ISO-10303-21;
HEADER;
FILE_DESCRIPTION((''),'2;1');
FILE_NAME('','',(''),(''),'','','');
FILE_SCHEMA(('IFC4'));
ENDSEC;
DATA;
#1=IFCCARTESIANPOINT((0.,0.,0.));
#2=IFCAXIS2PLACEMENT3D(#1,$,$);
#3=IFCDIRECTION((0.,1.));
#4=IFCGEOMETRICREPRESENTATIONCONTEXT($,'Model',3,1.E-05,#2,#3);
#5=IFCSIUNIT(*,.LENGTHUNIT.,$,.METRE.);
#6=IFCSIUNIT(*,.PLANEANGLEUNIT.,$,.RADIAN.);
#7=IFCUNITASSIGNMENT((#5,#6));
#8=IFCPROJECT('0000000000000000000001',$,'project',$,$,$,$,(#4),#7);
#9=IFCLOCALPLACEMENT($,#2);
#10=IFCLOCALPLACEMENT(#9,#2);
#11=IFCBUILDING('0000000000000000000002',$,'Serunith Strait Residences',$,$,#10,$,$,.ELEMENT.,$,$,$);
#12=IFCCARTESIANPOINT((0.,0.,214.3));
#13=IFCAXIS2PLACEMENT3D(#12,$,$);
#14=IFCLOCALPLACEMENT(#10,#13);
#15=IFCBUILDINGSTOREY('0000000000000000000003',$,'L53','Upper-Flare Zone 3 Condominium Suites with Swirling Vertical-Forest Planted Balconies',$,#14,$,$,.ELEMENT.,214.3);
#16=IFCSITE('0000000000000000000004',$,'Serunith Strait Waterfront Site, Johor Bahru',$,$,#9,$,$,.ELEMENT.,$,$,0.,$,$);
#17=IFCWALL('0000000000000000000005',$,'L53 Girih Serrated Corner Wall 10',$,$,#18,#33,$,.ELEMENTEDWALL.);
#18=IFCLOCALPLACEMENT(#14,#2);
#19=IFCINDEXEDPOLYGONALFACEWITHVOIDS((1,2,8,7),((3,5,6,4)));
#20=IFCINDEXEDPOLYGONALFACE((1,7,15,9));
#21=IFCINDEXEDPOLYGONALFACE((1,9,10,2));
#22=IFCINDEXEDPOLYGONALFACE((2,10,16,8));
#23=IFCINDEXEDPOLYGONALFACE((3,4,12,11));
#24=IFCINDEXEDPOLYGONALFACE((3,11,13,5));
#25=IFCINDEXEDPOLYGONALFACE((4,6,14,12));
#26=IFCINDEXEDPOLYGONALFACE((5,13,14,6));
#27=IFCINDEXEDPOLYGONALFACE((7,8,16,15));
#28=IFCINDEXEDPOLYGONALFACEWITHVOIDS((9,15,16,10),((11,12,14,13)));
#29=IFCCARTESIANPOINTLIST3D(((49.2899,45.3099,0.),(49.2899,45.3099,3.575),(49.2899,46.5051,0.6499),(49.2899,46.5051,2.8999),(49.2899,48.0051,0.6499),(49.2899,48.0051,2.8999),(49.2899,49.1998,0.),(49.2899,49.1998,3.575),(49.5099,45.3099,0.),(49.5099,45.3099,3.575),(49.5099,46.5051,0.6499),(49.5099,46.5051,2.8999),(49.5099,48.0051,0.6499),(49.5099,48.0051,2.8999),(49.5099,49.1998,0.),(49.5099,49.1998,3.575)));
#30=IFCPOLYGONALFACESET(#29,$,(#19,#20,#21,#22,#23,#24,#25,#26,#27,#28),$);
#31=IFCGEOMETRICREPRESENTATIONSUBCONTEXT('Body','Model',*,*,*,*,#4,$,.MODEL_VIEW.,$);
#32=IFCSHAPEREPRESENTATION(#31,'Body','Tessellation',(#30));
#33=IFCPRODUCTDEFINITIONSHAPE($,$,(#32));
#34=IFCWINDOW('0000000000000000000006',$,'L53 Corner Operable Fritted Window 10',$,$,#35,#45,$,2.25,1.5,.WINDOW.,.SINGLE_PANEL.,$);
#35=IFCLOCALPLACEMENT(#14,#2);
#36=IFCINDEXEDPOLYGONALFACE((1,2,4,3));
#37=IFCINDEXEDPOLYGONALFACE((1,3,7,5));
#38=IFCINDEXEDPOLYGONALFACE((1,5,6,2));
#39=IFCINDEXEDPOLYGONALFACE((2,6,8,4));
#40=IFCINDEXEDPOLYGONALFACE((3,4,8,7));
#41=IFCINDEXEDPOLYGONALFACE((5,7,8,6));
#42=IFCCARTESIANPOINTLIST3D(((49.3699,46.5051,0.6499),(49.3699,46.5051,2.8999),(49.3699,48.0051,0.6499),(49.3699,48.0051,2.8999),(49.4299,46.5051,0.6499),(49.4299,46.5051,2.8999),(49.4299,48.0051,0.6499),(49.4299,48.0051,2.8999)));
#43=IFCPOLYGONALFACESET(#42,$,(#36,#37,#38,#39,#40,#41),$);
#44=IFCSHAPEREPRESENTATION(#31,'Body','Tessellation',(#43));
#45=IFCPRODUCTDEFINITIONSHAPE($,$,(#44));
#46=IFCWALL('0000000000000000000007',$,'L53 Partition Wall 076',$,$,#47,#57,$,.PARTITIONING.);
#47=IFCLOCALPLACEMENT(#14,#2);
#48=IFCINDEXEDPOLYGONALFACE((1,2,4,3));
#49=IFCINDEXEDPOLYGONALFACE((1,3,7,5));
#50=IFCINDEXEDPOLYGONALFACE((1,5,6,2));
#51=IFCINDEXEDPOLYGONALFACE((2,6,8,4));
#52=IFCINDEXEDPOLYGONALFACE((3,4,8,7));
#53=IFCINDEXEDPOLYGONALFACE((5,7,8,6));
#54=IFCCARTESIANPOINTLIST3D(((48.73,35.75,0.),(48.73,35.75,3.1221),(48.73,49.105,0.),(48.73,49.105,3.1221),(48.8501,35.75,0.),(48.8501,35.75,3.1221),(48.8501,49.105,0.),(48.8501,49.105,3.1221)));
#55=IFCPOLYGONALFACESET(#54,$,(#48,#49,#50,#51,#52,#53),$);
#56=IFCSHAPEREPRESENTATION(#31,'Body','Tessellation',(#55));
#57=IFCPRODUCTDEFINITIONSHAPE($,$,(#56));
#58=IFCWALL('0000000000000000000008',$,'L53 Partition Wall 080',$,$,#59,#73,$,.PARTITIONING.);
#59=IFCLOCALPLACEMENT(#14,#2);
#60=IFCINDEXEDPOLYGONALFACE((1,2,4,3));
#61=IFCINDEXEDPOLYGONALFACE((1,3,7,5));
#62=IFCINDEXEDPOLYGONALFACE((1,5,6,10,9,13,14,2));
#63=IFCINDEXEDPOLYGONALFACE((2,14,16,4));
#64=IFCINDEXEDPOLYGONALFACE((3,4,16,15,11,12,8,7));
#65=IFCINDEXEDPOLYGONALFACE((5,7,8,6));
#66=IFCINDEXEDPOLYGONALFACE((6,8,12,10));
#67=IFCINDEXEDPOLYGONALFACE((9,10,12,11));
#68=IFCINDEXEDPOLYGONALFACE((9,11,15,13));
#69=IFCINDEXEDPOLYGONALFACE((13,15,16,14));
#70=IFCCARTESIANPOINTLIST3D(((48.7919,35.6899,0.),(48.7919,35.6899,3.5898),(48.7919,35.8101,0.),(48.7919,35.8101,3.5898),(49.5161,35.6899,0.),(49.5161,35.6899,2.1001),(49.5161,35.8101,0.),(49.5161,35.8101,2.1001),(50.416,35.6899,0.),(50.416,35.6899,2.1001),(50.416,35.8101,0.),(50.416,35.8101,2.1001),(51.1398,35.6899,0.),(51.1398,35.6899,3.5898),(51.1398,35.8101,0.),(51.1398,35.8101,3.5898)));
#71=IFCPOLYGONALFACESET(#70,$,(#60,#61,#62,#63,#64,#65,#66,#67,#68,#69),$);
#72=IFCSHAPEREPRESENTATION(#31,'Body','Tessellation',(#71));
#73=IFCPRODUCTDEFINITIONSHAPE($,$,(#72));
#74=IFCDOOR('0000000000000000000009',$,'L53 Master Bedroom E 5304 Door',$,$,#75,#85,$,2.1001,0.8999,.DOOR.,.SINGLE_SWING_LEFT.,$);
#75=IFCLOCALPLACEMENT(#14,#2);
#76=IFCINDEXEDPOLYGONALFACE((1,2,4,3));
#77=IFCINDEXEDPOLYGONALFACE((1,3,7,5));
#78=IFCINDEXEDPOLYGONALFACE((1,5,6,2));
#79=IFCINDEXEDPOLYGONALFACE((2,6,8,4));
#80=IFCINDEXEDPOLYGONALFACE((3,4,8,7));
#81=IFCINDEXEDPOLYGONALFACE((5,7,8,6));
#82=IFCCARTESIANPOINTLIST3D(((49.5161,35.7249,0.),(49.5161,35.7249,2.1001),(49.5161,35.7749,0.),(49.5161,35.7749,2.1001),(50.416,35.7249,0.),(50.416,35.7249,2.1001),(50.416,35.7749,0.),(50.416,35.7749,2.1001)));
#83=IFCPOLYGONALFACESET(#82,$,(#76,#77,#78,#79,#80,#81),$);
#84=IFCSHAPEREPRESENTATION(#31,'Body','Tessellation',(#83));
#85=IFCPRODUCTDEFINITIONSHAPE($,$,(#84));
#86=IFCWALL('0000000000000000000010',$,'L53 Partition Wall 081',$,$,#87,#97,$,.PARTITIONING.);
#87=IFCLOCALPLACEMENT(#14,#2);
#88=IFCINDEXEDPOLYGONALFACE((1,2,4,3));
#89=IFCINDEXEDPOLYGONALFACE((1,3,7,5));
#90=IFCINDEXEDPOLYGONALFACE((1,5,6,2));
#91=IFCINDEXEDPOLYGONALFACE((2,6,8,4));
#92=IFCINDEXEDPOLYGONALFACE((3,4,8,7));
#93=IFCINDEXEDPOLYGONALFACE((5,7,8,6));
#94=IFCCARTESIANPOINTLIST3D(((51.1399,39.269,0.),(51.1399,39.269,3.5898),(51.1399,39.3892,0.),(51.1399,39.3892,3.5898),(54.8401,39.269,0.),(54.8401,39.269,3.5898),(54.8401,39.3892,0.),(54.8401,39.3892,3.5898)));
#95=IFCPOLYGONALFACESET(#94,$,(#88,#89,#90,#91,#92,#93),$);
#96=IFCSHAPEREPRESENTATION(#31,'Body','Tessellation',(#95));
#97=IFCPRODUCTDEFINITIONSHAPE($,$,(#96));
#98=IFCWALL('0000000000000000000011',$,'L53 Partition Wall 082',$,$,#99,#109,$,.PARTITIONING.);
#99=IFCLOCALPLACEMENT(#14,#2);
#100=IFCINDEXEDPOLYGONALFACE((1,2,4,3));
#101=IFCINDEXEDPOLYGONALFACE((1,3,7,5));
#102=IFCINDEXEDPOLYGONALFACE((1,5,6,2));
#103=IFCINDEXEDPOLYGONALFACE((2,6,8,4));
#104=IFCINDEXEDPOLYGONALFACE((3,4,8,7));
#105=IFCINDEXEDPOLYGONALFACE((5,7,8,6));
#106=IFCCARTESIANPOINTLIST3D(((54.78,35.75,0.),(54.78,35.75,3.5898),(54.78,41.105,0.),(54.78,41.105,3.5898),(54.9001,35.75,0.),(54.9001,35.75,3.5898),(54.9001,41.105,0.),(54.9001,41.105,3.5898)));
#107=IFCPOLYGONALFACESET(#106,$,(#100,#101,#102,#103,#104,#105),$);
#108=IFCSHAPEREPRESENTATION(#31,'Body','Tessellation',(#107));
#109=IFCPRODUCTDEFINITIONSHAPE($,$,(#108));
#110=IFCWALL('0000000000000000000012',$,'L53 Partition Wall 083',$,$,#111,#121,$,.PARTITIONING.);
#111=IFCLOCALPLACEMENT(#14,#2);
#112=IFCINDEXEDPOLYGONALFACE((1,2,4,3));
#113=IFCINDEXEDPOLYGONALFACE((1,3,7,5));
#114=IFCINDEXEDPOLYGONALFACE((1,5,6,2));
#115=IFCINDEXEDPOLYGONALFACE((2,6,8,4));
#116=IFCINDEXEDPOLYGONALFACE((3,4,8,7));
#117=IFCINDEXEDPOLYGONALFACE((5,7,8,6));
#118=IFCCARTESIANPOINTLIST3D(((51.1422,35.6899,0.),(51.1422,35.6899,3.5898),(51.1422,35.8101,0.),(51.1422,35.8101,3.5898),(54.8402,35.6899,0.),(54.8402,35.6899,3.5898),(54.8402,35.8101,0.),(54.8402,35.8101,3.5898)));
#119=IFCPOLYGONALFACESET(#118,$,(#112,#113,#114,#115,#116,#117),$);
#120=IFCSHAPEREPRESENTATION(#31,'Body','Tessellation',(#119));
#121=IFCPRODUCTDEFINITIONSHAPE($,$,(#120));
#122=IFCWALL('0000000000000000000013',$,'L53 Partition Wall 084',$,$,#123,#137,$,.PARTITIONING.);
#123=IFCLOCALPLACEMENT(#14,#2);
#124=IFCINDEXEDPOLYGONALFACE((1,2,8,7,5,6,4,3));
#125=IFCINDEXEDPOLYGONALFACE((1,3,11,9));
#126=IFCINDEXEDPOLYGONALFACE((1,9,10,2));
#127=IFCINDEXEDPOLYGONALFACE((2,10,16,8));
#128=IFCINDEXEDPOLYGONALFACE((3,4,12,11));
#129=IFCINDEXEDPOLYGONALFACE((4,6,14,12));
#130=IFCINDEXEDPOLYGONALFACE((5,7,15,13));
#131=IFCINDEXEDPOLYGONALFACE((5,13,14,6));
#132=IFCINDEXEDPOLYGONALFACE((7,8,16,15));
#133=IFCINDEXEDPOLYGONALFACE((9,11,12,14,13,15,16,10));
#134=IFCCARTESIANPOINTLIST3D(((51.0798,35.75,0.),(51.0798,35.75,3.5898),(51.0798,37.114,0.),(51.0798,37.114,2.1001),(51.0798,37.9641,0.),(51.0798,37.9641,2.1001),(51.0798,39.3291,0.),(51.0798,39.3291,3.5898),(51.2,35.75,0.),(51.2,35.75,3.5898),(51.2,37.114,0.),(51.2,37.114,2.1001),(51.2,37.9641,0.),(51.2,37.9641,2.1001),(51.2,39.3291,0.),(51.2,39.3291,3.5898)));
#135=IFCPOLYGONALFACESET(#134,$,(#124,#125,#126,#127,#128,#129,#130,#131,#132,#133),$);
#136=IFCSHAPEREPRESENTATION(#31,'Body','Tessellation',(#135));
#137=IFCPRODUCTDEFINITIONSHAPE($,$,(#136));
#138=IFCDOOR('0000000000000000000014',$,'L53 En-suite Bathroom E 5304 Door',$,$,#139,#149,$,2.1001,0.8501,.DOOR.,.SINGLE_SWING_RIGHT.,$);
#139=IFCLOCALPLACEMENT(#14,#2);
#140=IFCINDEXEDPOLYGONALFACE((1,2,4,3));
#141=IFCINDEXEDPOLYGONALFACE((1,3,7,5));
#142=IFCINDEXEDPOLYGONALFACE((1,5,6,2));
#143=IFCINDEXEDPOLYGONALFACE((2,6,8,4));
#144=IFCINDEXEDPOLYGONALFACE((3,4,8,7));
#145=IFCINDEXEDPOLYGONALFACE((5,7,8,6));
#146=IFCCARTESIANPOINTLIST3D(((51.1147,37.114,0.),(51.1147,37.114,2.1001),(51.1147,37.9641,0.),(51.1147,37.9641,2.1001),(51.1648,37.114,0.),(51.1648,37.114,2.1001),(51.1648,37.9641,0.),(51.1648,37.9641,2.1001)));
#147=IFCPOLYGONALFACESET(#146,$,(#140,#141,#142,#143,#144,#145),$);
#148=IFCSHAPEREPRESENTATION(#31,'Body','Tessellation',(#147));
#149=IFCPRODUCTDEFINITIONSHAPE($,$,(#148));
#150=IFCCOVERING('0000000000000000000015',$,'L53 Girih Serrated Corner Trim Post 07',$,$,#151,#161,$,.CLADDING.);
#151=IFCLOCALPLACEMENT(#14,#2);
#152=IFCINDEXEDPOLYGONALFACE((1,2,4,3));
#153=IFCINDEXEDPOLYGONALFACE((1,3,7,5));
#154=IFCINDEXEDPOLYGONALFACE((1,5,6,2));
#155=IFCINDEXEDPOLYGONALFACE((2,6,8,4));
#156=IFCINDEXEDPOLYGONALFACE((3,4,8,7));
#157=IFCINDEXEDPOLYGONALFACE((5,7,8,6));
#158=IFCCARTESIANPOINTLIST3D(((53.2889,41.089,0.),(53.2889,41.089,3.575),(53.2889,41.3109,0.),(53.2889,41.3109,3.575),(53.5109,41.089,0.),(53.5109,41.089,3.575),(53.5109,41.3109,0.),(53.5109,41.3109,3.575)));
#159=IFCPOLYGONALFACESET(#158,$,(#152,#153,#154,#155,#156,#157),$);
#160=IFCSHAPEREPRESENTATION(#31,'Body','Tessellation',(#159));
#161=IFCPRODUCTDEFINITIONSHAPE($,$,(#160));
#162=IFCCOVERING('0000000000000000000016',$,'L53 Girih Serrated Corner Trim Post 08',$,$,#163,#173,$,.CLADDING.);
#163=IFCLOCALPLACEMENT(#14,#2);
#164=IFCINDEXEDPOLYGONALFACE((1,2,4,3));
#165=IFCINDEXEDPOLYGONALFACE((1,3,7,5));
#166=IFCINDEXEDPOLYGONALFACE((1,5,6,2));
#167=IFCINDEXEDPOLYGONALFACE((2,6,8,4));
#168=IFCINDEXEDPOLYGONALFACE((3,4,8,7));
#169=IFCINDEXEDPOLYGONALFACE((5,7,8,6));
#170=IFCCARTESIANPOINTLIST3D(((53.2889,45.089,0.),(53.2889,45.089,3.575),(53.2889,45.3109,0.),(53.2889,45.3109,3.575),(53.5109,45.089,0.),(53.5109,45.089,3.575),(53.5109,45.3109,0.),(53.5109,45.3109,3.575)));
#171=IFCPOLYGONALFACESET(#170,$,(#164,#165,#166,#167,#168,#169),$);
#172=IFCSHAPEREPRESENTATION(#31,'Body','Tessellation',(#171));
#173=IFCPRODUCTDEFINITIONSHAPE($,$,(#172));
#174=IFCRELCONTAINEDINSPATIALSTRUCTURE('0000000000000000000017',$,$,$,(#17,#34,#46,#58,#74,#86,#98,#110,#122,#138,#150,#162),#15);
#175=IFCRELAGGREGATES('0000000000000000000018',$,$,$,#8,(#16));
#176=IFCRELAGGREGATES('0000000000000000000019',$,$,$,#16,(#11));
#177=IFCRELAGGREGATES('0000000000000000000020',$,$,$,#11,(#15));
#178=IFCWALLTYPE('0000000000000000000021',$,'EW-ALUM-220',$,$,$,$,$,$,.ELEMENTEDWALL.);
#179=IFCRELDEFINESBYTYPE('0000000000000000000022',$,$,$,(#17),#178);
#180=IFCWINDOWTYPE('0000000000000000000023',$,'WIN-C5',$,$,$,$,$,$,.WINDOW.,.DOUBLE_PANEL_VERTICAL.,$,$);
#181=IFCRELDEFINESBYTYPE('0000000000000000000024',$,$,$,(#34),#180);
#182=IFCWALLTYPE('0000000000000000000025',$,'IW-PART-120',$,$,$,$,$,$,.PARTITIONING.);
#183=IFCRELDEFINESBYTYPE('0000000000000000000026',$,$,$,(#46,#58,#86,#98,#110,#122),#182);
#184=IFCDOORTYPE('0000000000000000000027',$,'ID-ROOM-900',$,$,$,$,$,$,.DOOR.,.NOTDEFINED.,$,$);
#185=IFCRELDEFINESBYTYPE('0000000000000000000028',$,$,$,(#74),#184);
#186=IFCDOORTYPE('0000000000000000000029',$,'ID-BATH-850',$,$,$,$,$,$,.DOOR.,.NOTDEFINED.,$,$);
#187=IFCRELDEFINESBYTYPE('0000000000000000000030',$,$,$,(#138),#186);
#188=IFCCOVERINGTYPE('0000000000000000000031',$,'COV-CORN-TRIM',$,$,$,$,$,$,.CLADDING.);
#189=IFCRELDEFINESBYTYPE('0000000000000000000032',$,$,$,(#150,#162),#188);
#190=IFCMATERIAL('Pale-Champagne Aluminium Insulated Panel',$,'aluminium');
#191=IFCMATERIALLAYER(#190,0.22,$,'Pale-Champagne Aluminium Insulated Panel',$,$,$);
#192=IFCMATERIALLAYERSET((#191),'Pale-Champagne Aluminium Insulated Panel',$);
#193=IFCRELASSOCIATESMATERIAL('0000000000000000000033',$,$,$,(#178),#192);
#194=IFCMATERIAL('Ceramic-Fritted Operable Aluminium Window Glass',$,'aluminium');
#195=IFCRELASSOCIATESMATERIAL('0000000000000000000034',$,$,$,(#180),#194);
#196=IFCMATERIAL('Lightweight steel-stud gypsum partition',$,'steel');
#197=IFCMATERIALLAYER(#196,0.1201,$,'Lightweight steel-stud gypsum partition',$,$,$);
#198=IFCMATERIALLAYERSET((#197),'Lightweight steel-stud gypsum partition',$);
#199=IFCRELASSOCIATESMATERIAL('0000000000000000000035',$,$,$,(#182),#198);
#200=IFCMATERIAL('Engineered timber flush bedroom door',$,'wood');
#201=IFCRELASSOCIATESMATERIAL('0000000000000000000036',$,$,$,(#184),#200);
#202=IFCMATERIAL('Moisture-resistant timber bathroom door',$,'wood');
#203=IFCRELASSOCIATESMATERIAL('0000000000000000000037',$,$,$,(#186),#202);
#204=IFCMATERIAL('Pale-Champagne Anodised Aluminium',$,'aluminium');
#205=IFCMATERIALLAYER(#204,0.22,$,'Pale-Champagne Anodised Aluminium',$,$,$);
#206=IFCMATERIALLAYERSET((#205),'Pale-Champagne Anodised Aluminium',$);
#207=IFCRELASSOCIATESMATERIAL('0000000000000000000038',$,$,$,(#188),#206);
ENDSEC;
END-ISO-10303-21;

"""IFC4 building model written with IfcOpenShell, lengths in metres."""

from ifc_helpers import new_model, si_unit, direction, frame, frame_2d, origin, origin_2d, place, context, subcontext, project, spatial, rectangle, extrude, source, transform, mapped, material, layer, layer_set, type_object, element, fill, save


model = new_model("IFC4")

# Units and contexts
model_context = context("Model", 3, precision=1e-05, world=origin(), true_north=direction((0.0, 1.0)))
body_context = subcontext(model_context, "Body", "Model", "MODEL_VIEW")
ifc_project = project(units=[si_unit("LENGTHUNIT", "METRE"), si_unit("PLANEANGLEUNIT", "RADIAN")], contexts=[model_context])

# Site, building, storey
site_placement = place(None, origin())
site = spatial("IfcSite", under=ifc_project, at=site_placement, Name="Serunith Strait Waterfront Site, Johor Bahru", CompositionType="ELEMENT", RefElevation=0.0)
building_placement = place(site_placement, origin())
building = spatial("IfcBuilding", under=site, at=building_placement, Name="Serunith Strait Residences", CompositionType="ELEMENT")
storey_placement = place(building_placement, frame((0.0, 0.0, 214.3)))
storey = spatial("IfcBuildingStorey", under=building, at=storey_placement, Name="L53", Description="Upper-Flare Zone 3 Condominium Suites with Swirling Vertical-Forest Planted Balconies", CompositionType="ELEMENT", Elevation=214.3)

# Shared definitions
ifc_material_1 = material(Name="Pale-Champagne Anodised Aluminium", Category="aluminium")

# Wall, opening, window
ifc_material_2 = material(Name="Pale-Champagne Aluminium Insulated Panel", Category="aluminium")
ifc_layer_1 = layer(ifc_material_2, 0.22, Name="Pale-Champagne Aluminium Insulated Panel")
ifc_layer_set_1 = layer_set([ifc_layer_1], Name="Pale-Champagne Aluminium Insulated Panel")
wall_type_1 = type_object("IfcWallType", Name="EW-ALUM-220", PredefinedType="ELEMENTEDWALL", material=ifc_layer_set_1)
ifc_material_3 = material(Name="Ceramic-Fritted Operable Aluminium Window Glass", Category="aluminium")
window_type = type_object("IfcWindowType", Name="WIN-C5", PartitioningType="DOUBLE_PANEL_VERTICAL", PredefinedType="WINDOW", material=ifc_material_3)
shared_shape_1 = source(origin(), body_context, "Body", "SweptSolid", [
    extrude(rectangle(XDim=1.5, YDim=2.25, at=frame_2d((0.75, 1.125))), frame((0.0, 0.03, 0.0), z_axis=(0.0, -1.0, 0.0), x_axis=(1.0, 0.0, 0.0)), (0.0, 0.0, 1.0), 0.0601),
])
wall_1_placement = place(storey_placement, frame((49.3999, 45.3101, 0.0), z_axis=(0.0, 0.0, 1.0), x_axis=(0.0, 1.0, 0.0)))
wall_1 = element("IfcWall", 1, at=wall_1_placement, inside=storey, type_object=wall_type_1, Name="L53 Girih Serrated Corner Wall 10", PredefinedType="ELEMENTEDWALL", context=body_context, shape_type="SweptSolid", body=[
    extrude(rectangle(XDim=3.8899, YDim=0.22, at=frame_2d((1.9448, 0.0))), origin(), (0.0, 0.0, 1.0), 3.575),
])
opening_1_placement = place(wall_1_placement, frame((1.1951, 0.0, 0.6499)))
opening_1 = element("IfcOpeningElement", 2, at=opening_1_placement, cuts=wall_1, PredefinedType="OPENING", context=body_context, shape_type="SweptSolid", body=[
    extrude(rectangle(XDim=1.5, YDim=2.25, at=frame_2d((0.75, 1.125))), frame((0.0, 0.1201, 0.0), z_axis=(0.0, -1.0, 0.0), x_axis=(1.0, 0.0, 0.0)), (0.0, 0.0, 1.0), 0.24),
])
window_1_placement = place(opening_1_placement, origin())
window_1 = element("IfcWindow", 3, at=window_1_placement, inside=storey, type_object=window_type, Name="L53 Corner Operable Fritted Window 10", OverallHeight=2.25, OverallWidth=1.5, PartitioningType="SINGLE_PANEL", PredefinedType="WINDOW", context=body_context, shape_type="MappedRepresentation", body=[
    mapped(shared_shape_1, transform((0.0, 0.0, 0.0), scale=1.0)),
])
fill(opening_1, window_1)

# Wall
ifc_material_4 = material(Name="Lightweight steel-stud gypsum partition", Category="steel")
ifc_layer_2 = layer(ifc_material_4, 0.1201, Name="Lightweight steel-stud gypsum partition")
ifc_layer_set_2 = layer_set([ifc_layer_2], Name="Lightweight steel-stud gypsum partition")
wall_type_2 = type_object("IfcWallType", Name="IW-PART-120", PredefinedType="PARTITIONING", material=ifc_layer_set_2)
wall_2_placement = place(storey_placement, frame((48.79, 49.105, 0.0), z_axis=(0.0, 0.0, 1.0), x_axis=(0.0, -1.0, 0.0)))
element("IfcWall", 4, at=wall_2_placement, inside=storey, type_object=wall_type_2, Name="L53 Partition Wall 076", PredefinedType="PARTITIONING", context=body_context, shape_type="SweptSolid", body=[
    extrude(rectangle(XDim=13.355, YDim=0.1201, at=frame_2d((6.6775, 0.0))), origin(), (0.0, 0.0, 1.0), 3.1221),
])

# Wall, opening, door
wall_3_placement = place(storey_placement, frame((48.792, 35.75, 0.0), z_axis=(0.0, 0.0, 1.0), x_axis=(1.0, 0.0, 0.0)))
wall_3 = element("IfcWall", 5, at=wall_3_placement, inside=storey, type_object=wall_type_2, Name="L53 Partition Wall 080", PredefinedType="PARTITIONING", context=body_context, shape_type="SweptSolid", body=[
    extrude(rectangle(XDim=2.3479, YDim=0.1201, at=frame_2d((1.1738, 0.0))), origin(), (0.0, 0.0, 1.0), 3.5898),
])
opening_2_placement = place(wall_3_placement, frame((0.7241, 0.0, 0.0)))
opening_2 = element("IfcOpeningElement", 6, at=opening_2_placement, cuts=wall_3, PredefinedType="OPENING", context=body_context, shape_type="SweptSolid", body=[
    extrude(rectangle(XDim=0.8999, YDim=2.1001, at=frame_2d((0.45, 1.05))), frame((0.0, 0.0701, 0.0), z_axis=(0.0, -1.0, 0.0), x_axis=(1.0, 0.0, 0.0)), (0.0, 0.0, 1.0), 0.1401),
])
ifc_material_5 = material(Name="Engineered timber flush bedroom door", Category="wood")
door_type_1 = type_object("IfcDoorType", Name="ID-ROOM-900", OperationType="NOTDEFINED", PredefinedType="DOOR", material=ifc_material_5)
shared_shape_2 = source(origin(), body_context, "Body", "SweptSolid", [
    extrude(rectangle(XDim=0.8999, YDim=2.1001, at=frame_2d((0.45, 1.05))), frame((0.0, 0.0249, 0.0), z_axis=(0.0, -1.0, 0.0), x_axis=(1.0, 0.0, 0.0)), (0.0, 0.0, 1.0), 0.05),
])
door_1_placement = place(opening_2_placement, origin())
door_1 = element("IfcDoor", 7, at=door_1_placement, inside=storey, type_object=door_type_1, Name="L53 Master Bedroom E 5304 Door", OperationType="SINGLE_SWING_LEFT", OverallHeight=2.1001, OverallWidth=0.8999, PredefinedType="DOOR", context=body_context, shape_type="MappedRepresentation", body=[
    mapped(shared_shape_2, transform((0.0, 0.0, 0.0), scale=1.0)),
])
fill(opening_2, door_1)

# Walls
wall_4_placement = place(storey_placement, frame((51.1399, 39.3291, 0.0), z_axis=(0.0, 0.0, 1.0), x_axis=(1.0, 0.0, 0.0)))
element("IfcWall", 8, at=wall_4_placement, inside=storey, type_object=wall_type_2, Name="L53 Partition Wall 081", PredefinedType="PARTITIONING", context=body_context, shape_type="SweptSolid", body=[
    extrude(rectangle(XDim=3.7002, YDim=0.1201, at=frame_2d((1.8501, 0.0))), origin(), (0.0, 0.0, 1.0), 3.5898),
])
wall_5_placement = place(storey_placement, frame((54.8401, 41.105, 0.0), z_axis=(0.0, 0.0, 1.0), x_axis=(0.0, -1.0, 0.0)))
element("IfcWall", 9, at=wall_5_placement, inside=storey, type_object=wall_type_2, Name="L53 Partition Wall 082", PredefinedType="PARTITIONING", context=body_context, shape_type="SweptSolid", body=[
    extrude(rectangle(XDim=5.355, YDim=0.1201, at=frame_2d((2.6775, 0.0))), origin(), (0.0, 0.0, 1.0), 3.5898),
])
wall_6_placement = place(storey_placement, frame((51.1421, 35.75, 0.0), z_axis=(0.0, 0.0, 1.0), x_axis=(1.0, 0.0, 0.0)))
element("IfcWall", 10, at=wall_6_placement, inside=storey, type_object=wall_type_2, Name="L53 Partition Wall 083", PredefinedType="PARTITIONING", context=body_context, shape_type="SweptSolid", body=[
    extrude(rectangle(XDim=3.698, YDim=0.1201, at=frame_2d((1.8491, 0.0))), origin(), (0.0, 0.0, 1.0), 3.5898),
])

# Wall, opening, door
wall_7_placement = place(storey_placement, frame((51.1399, 39.3291, 0.0), z_axis=(0.0, 0.0, 1.0), x_axis=(0.0, -1.0, 0.0)))
wall_7 = element("IfcWall", 11, at=wall_7_placement, inside=storey, type_object=wall_type_2, Name="L53 Partition Wall 084", PredefinedType="PARTITIONING", context=body_context, shape_type="SweptSolid", body=[
    extrude(rectangle(XDim=3.5791, YDim=0.1201, at=frame_2d((1.7896, 0.0))), origin(), (0.0, 0.0, 1.0), 3.5898),
])
opening_3_placement = place(wall_7_placement, frame((1.365, 0.0, 0.0)))
opening_3 = element("IfcOpeningElement", 12, at=opening_3_placement, cuts=wall_7, PredefinedType="OPENING", context=body_context, shape_type="SweptSolid", body=[
    extrude(rectangle(XDim=0.8501, YDim=2.1001, at=frame_2d((0.425, 1.05))), frame((0.0, 0.0701, 0.0), z_axis=(0.0, -1.0, 0.0), x_axis=(1.0, 0.0, 0.0)), (0.0, 0.0, 1.0), 0.1401),
])
ifc_material_6 = material(Name="Moisture-resistant timber bathroom door", Category="wood")
door_type_2 = type_object("IfcDoorType", Name="ID-BATH-850", OperationType="NOTDEFINED", PredefinedType="DOOR", material=ifc_material_6)
shared_shape_3 = source(origin(), body_context, "Body", "SweptSolid", [
    extrude(rectangle(XDim=0.8501, YDim=2.1001, at=frame_2d((0.425, 1.05))), frame((0.0, 0.0249, 0.0), z_axis=(0.0, -1.0, 0.0), x_axis=(1.0, 0.0, 0.0)), (0.0, 0.0, 1.0), 0.05),
])
door_2_placement = place(opening_3_placement, origin())
door_2 = element("IfcDoor", 13, at=door_2_placement, inside=storey, type_object=door_type_2, Name="L53 En-suite Bathroom E 5304 Door", OperationType="SINGLE_SWING_RIGHT", OverallHeight=2.1001, OverallWidth=0.8501, PredefinedType="DOOR", context=body_context, shape_type="MappedRepresentation", body=[
    mapped(shared_shape_3, transform((0.0, 0.0, 0.0), scale=1.0)),
])
fill(opening_3, door_2)

# Coverings
ifc_layer_3 = layer(ifc_material_1, 0.22, Name="Pale-Champagne Anodised Aluminium")
ifc_layer_set_3 = layer_set([ifc_layer_3], Name="Pale-Champagne Anodised Aluminium")
covering_type = type_object("IfcCoveringType", Name="COV-CORN-TRIM", PredefinedType="CLADDING", material=ifc_layer_set_3)
shared_shape_4 = source(origin(), body_context, "Body", "SweptSolid", [
    extrude(rectangle(XDim=0.2219, YDim=0.2219, at=origin_2d()), origin(), (0.0, 0.0, 1.0), 3.575),
])
for number, where, z_axis, x_axis, name in (
    (14, (53.3999, 41.2, 0.0), (0.0, 0.0, 1.0), (1.0, 0.0, 0.0), "L53 Girih Serrated Corner Trim Post 07"),
    (15, (53.3999, 45.2, 0.0), (0.0, 0.0, 1.0), (1.0, 0.0, 0.0), "L53 Girih Serrated Corner Trim Post 08"),
):
    element("IfcCovering", number, at=place(storey_placement, frame(where, z_axis=z_axis, x_axis=x_axis)), inside=storey, type_object=covering_type, Name=name, PredefinedType="CLADDING", context=body_context, shape_type="MappedRepresentation", body=[
        mapped(shared_shape_4, transform((0.0, 0.0, 0.0), scale=1.0)),
    ])

save(model, "model.ifc")
